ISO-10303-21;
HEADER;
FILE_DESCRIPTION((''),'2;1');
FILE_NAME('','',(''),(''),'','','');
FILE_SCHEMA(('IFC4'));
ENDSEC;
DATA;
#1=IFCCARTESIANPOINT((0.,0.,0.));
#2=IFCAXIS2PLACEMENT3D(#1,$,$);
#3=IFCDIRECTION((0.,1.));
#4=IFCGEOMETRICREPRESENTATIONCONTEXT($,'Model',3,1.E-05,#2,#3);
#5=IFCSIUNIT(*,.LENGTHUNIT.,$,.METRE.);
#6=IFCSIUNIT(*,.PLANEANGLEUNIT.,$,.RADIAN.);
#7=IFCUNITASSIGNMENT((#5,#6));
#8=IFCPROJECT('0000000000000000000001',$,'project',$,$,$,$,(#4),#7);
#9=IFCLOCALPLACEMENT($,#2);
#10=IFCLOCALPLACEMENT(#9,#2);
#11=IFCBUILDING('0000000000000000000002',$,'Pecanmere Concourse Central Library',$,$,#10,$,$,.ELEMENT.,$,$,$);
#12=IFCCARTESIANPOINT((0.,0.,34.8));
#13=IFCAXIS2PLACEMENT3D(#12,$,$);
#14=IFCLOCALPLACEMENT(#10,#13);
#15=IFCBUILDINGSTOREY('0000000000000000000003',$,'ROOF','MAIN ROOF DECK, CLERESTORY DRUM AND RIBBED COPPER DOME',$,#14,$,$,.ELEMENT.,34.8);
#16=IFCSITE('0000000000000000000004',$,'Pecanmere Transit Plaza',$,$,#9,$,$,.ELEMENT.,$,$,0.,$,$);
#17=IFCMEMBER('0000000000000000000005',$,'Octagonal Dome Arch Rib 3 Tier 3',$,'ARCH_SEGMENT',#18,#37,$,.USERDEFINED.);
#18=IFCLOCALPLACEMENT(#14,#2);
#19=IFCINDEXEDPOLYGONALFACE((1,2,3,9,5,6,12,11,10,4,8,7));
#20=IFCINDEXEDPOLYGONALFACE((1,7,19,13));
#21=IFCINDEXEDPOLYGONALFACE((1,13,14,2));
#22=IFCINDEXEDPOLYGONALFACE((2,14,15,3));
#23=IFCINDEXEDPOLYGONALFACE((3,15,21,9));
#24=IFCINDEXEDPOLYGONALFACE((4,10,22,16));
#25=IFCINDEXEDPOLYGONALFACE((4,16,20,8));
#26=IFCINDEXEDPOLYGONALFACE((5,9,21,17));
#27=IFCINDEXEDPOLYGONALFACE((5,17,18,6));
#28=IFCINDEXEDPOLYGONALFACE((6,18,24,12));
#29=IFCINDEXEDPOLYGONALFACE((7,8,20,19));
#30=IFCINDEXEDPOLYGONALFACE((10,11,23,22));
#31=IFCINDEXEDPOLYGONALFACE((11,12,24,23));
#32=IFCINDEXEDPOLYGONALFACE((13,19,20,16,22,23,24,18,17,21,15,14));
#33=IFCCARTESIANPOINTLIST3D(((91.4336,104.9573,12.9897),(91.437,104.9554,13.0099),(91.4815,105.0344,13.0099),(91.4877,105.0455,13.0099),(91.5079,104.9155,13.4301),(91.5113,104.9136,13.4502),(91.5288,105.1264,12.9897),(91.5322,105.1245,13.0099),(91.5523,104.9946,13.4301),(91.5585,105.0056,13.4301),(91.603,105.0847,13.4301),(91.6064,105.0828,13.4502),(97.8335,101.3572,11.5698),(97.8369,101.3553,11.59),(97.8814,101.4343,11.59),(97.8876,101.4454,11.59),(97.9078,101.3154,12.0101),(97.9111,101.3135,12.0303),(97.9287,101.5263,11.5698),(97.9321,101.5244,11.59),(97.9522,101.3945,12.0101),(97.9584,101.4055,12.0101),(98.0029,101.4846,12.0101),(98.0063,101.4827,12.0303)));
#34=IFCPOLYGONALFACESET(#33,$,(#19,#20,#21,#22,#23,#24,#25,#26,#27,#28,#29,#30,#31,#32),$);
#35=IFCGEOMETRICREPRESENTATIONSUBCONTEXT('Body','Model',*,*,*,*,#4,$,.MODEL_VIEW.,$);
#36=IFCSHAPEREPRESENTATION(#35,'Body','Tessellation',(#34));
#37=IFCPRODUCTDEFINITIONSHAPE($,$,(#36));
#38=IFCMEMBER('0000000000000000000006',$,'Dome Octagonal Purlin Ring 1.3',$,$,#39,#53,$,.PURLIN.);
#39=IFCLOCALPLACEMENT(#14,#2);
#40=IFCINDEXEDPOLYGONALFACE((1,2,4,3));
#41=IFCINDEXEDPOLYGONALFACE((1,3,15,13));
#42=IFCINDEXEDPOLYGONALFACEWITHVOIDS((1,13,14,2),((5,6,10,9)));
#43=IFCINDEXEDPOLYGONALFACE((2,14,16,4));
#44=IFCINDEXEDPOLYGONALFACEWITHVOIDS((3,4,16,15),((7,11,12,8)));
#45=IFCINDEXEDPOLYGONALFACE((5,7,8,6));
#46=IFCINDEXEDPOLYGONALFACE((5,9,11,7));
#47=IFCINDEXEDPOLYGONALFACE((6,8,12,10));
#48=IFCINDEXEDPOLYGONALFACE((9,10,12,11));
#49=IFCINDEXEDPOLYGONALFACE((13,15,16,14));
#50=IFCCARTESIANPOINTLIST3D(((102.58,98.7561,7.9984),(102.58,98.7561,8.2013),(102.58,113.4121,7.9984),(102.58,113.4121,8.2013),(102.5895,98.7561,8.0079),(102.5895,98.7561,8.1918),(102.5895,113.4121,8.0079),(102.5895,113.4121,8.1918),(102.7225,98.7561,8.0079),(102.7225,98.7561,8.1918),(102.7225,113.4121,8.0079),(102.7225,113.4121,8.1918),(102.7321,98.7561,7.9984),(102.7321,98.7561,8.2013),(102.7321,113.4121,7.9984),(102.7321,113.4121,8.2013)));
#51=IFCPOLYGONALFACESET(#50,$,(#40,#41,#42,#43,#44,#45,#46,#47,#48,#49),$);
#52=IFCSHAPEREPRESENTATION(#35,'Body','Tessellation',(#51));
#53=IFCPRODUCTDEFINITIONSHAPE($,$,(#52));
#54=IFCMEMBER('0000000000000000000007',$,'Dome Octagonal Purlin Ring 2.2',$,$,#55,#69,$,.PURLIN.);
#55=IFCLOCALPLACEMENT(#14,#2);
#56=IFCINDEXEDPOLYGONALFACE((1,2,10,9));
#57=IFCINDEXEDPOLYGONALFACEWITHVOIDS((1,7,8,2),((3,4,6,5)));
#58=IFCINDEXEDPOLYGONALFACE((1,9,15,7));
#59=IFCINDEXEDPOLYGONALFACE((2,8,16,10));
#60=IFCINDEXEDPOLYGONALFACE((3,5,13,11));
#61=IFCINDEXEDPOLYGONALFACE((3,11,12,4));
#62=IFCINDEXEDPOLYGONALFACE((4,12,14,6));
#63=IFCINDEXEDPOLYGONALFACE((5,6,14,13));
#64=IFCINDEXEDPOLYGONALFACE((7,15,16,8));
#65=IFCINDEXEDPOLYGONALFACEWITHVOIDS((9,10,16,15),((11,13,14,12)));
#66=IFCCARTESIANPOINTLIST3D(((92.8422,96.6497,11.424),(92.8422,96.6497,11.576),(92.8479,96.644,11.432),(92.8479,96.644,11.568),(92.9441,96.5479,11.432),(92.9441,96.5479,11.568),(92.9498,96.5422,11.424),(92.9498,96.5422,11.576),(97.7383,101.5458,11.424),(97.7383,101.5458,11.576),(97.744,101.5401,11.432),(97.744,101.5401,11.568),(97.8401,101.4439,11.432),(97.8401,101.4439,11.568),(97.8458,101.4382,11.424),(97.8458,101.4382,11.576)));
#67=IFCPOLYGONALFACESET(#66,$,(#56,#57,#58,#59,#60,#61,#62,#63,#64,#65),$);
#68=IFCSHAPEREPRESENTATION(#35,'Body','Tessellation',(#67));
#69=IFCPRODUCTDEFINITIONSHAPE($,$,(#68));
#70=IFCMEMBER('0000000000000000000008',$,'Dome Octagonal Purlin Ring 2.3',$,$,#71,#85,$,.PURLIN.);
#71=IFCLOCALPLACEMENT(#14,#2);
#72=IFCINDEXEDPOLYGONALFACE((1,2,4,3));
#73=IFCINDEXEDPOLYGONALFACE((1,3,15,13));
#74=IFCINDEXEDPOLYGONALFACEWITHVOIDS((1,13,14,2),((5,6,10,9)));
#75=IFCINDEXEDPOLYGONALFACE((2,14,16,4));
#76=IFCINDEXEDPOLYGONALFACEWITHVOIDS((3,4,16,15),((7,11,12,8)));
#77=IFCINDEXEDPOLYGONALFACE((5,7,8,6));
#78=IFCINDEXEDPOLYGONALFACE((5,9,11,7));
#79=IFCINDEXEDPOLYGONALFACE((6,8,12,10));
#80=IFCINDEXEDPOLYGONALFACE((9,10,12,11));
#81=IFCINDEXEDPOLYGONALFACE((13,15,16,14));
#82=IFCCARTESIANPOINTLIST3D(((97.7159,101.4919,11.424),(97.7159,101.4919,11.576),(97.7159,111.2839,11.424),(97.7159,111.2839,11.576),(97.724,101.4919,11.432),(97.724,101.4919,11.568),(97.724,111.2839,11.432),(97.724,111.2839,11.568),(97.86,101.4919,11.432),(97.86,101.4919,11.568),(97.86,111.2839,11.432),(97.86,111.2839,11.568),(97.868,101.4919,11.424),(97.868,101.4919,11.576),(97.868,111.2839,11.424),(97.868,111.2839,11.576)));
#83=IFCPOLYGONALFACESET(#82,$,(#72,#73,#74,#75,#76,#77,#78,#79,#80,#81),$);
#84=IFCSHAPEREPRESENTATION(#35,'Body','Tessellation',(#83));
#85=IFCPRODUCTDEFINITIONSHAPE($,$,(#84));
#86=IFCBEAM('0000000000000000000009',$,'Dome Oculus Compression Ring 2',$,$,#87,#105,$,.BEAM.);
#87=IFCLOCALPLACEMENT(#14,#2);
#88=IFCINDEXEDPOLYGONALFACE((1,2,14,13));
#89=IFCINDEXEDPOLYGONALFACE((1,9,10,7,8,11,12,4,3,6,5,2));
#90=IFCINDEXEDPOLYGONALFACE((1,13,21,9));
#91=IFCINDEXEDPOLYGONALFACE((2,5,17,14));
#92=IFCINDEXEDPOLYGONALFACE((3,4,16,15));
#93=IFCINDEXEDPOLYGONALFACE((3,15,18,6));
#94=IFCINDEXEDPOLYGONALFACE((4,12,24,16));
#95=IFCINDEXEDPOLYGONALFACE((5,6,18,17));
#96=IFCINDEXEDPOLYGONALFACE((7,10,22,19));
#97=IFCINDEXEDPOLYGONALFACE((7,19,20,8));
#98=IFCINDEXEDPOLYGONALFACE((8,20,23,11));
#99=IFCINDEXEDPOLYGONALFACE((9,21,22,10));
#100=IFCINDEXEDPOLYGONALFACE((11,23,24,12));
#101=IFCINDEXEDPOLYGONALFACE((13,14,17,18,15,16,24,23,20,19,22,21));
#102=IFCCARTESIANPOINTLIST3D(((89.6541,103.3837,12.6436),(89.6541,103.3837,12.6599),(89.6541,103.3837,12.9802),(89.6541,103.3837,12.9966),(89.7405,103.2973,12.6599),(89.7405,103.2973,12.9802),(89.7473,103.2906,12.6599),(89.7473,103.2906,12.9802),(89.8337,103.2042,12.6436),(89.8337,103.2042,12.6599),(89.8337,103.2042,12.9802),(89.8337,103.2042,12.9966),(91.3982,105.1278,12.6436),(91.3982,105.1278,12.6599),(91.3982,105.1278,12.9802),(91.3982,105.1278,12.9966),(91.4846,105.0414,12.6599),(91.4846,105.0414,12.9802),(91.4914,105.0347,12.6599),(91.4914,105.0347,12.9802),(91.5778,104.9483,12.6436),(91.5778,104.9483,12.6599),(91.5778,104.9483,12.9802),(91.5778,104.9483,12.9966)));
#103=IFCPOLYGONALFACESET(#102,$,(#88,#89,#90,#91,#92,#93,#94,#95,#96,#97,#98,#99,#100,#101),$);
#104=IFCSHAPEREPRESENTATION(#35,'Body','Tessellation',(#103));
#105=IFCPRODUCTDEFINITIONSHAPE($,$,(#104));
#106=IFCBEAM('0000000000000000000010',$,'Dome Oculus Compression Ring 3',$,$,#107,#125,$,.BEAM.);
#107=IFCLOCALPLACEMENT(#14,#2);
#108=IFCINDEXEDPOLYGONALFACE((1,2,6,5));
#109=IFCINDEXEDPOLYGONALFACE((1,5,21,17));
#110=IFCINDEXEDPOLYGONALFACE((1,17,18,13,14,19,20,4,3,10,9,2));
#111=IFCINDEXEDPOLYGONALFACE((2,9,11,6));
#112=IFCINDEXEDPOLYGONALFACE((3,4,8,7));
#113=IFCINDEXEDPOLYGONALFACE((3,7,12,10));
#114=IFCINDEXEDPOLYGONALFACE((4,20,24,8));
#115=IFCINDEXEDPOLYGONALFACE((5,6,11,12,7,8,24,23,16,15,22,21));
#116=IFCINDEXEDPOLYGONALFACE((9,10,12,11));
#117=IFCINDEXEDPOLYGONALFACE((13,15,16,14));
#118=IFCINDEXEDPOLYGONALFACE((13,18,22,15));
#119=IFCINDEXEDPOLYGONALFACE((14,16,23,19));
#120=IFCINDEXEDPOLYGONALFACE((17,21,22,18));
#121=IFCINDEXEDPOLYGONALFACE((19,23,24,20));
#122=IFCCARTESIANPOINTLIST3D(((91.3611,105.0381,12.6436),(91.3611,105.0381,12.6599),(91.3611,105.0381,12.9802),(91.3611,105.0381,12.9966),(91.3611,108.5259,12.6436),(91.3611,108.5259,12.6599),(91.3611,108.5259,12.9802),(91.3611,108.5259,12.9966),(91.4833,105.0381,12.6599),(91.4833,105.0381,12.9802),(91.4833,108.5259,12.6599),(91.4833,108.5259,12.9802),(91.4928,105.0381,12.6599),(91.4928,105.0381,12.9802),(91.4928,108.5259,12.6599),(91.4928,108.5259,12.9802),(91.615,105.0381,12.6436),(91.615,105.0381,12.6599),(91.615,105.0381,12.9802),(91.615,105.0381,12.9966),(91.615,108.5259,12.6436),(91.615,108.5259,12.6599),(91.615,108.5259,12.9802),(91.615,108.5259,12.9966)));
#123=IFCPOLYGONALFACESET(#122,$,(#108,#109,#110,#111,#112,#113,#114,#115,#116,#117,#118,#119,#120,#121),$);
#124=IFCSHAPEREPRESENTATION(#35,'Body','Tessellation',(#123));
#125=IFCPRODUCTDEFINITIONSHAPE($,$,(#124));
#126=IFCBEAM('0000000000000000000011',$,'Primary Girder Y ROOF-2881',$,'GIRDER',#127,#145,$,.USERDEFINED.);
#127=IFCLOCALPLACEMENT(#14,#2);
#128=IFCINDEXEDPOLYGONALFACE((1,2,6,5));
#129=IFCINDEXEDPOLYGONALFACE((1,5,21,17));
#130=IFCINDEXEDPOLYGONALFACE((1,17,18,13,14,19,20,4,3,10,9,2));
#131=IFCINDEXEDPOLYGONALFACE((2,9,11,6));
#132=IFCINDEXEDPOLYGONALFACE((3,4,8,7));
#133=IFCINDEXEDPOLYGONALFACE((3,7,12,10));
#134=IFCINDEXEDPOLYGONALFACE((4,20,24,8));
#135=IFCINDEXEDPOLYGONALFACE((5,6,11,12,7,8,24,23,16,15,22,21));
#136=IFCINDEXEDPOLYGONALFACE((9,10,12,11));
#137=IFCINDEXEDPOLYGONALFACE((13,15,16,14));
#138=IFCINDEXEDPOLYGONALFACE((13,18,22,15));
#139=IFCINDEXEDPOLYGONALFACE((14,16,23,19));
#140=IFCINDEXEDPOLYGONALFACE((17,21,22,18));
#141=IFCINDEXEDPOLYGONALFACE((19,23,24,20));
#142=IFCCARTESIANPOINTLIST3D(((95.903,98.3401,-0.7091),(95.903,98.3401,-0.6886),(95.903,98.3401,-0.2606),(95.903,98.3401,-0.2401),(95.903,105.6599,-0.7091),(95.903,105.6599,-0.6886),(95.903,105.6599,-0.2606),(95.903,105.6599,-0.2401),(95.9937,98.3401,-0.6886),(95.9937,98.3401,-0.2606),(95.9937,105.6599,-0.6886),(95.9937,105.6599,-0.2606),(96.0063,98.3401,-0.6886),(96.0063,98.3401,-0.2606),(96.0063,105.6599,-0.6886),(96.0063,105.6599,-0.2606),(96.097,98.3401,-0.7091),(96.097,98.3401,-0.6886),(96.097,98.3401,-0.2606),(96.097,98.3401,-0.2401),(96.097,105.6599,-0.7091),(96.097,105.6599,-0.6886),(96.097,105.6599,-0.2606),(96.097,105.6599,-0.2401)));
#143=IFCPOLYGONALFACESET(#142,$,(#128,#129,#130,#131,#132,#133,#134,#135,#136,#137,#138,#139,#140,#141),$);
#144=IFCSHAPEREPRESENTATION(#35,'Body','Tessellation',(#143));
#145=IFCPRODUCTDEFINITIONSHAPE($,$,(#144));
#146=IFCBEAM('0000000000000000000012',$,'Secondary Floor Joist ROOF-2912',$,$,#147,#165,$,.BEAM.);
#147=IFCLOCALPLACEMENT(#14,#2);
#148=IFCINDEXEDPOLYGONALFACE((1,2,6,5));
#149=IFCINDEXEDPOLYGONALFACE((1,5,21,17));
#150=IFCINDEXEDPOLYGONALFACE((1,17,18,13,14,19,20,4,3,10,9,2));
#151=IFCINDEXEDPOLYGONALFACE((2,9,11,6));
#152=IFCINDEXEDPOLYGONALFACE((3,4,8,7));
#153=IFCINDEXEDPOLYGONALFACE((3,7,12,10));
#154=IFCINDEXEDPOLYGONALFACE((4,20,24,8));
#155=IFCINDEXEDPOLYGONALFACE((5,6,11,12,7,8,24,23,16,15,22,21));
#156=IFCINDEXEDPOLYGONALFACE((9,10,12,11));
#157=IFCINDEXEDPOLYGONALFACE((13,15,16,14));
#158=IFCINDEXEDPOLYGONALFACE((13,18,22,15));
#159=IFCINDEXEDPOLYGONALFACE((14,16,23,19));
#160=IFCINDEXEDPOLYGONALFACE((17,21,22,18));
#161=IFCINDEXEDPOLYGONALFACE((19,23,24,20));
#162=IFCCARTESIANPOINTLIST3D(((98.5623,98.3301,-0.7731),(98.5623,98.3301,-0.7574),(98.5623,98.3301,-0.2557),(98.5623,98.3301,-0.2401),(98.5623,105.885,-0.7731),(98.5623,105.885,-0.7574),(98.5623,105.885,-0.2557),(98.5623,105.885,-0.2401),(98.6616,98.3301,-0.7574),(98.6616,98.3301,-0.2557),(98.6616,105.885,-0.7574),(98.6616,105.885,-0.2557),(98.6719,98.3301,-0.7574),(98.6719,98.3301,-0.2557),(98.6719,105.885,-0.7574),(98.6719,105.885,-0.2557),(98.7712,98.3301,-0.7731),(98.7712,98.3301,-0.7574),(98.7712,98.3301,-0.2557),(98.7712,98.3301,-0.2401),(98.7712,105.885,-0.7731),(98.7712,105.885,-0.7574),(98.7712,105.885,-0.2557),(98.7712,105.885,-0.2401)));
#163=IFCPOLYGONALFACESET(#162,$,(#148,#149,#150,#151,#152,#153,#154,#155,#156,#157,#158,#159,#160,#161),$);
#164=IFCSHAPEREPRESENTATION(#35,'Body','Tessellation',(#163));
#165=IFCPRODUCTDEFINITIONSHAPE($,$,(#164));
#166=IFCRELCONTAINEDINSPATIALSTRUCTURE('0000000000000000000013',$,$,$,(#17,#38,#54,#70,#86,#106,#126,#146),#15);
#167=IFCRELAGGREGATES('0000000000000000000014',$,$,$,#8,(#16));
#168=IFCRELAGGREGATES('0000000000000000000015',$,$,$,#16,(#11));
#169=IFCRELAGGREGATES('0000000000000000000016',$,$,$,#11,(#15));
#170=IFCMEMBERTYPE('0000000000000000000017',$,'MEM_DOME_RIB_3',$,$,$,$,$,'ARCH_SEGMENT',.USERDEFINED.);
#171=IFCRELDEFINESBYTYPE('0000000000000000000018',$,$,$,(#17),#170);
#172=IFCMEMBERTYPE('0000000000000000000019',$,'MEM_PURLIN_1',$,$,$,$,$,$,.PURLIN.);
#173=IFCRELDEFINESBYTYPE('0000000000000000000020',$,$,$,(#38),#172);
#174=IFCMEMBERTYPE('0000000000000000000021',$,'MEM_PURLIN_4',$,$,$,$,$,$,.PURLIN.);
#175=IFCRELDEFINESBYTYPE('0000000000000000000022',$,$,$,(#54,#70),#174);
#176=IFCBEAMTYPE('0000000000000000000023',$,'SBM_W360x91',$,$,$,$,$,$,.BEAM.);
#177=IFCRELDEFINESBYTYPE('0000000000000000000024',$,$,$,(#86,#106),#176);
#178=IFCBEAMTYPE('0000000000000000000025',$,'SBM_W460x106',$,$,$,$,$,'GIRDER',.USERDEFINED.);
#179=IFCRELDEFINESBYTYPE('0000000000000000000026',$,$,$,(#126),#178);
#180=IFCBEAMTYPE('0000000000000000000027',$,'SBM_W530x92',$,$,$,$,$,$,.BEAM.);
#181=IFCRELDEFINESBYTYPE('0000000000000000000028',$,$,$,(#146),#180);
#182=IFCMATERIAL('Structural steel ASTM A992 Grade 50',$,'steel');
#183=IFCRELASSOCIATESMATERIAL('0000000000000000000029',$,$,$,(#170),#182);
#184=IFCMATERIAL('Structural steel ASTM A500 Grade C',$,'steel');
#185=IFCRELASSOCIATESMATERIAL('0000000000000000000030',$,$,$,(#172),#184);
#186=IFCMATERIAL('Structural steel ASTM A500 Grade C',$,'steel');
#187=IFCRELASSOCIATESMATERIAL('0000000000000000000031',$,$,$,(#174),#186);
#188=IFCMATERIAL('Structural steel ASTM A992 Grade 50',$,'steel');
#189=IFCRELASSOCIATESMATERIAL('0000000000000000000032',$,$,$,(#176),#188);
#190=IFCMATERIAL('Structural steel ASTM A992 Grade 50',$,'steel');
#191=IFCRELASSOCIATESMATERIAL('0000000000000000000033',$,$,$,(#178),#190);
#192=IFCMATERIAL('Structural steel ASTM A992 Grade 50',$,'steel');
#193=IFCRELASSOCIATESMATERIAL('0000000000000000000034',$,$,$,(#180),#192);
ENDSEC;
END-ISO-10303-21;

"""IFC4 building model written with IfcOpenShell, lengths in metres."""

from ifc_helpers import new_model, si_unit, direction, frame, origin, origin_2d, place, context, subcontext, project, spatial, hollow_rectangle, i_section, extrude, material, material_profile, profile_set, type_object, element, save


model = new_model("IFC4")

# Units and contexts
model_context = context("Model", 3, precision=1e-05, world=origin(), true_north=direction((0.0, 1.0)))
body_context = subcontext(model_context, "Body", "Model", "MODEL_VIEW")
ifc_project = project(units=[si_unit("LENGTHUNIT", "METRE"), si_unit("PLANEANGLEUNIT", "RADIAN")], contexts=[model_context])

# Site, building, storey
site_placement = place(None, origin())
site = spatial("IfcSite", under=ifc_project, at=site_placement, Name="Pecanmere Transit Plaza", CompositionType="ELEMENT", RefElevation=0.0)
building_placement = place(site_placement, origin())
building = spatial("IfcBuilding", under=site, at=building_placement, Name="Pecanmere Concourse Central Library", CompositionType="ELEMENT")
storey_placement = place(building_placement, frame((0.0, 0.0, 34.8)))
storey = spatial("IfcBuildingStorey", under=building, at=storey_placement, Name="ROOF", Description="MAIN ROOF DECK, CLERESTORY DRUM AND RIBBED COPPER DOME", CompositionType="ELEMENT", Elevation=34.8)

# Members
ifc_material_1 = material(Name="Structural steel ASTM A992 Grade 50", Category="steel")
ifc_material_profile_1 = material_profile(ifc_material_1, i_section(OverallWidth=0.1941, OverallDepth=0.469, WebThickness=0.0127, FlangeThickness=0.0205, at=origin_2d()), Name="W460x106")
ifc_profile_set_1 = profile_set([ifc_material_profile_1], Name="Structural steel ASTM A992 Grade 50")
member_type_1 = type_object("IfcMemberType", Name="MEM_DOME_RIB_3", ElementType="ARCH_SEGMENT", PredefinedType="USERDEFINED", material=ifc_profile_set_1)
member_1_placement = place(storey_placement, frame((97.9199, 101.4199, 11.8), z_axis=(-0.855715, 0.48136, 0.189854), x_axis=(-0.490277, -0.871567, 0.0)))
element("IfcMember", 1, at=member_1_placement, inside=storey, type_object=member_type_1, Name="Octagonal Dome Arch Rib 3 Tier 3", ObjectType="ARCH_SEGMENT", PredefinedType="USERDEFINED", context=body_context, shape_type="SweptSolid", body=[
    extrude(i_section(OverallWidth=0.1941, OverallDepth=0.469, WebThickness=0.0127, FlangeThickness=0.0205, at=origin_2d()), origin(), (0.0, 0.0, 1.0), 7.479),
])
ifc_material_2 = material(Name="Structural steel ASTM A500 Grade C", Category="steel")
ifc_material_profile_2 = material_profile(ifc_material_2, hollow_rectangle(XDim=0.1521, YDim=0.2029, WallThickness=0.0095, at=origin_2d()), Name="HSS203x152x9.5")
ifc_profile_set_2 = profile_set([ifc_material_profile_2], Name="Structural steel ASTM A500 Grade C")
member_type_2 = type_object("IfcMemberType", Name="MEM_PURLIN_1", PredefinedType="PURLIN", material=ifc_profile_set_2)
member_2_placement = place(storey_placement, frame((102.656, 98.7561, 8.0999), z_axis=(0.0, 1.0, 0.0), x_axis=(-1.0, 0.0, 0.0)))
element("IfcMember", 2, at=member_2_placement, inside=storey, type_object=member_type_2, Name="Dome Octagonal Purlin Ring 1.3", PredefinedType="PURLIN", context=body_context, shape_type="SweptSolid", body=[
    extrude(hollow_rectangle(XDim=0.1521, YDim=0.2029, WallThickness=0.0095, at=origin_2d()), origin(), (0.0, 0.0, 1.0), 14.656),
])
ifc_material_3 = material(Name="Structural steel ASTM A500 Grade C", Category="steel")
ifc_material_profile_3 = material_profile(ifc_material_3, hollow_rectangle(XDim=0.1521, YDim=0.1521, WallThickness=0.0081, at=origin_2d()), Name="HSS152x152x8.0")
ifc_profile_set_3 = profile_set([ifc_material_profile_3], Name="Structural steel ASTM A500 Grade C")
member_type_3 = type_object("IfcMemberType", Name="MEM_PURLIN_4", PredefinedType="PURLIN", material=ifc_profile_set_3)
member_3_placement = place(storey_placement, frame((92.896, 96.5959, 11.5), z_axis=(0.707107, 0.707107, 0.0), x_axis=(-0.707107, 0.707107, 0.0)))
element("IfcMember", 3, at=member_3_placement, inside=storey, type_object=member_type_3, Name="Dome Octagonal Purlin Ring 2.2", PredefinedType="PURLIN", context=body_context, shape_type="SweptSolid", body=[
    extrude(hollow_rectangle(XDim=0.1521, YDim=0.1521, WallThickness=0.0081, at=origin_2d()), origin(), (0.0, 0.0, 1.0), 6.9241),
])
member_4_placement = place(storey_placement, frame((97.792, 101.4919, 11.5), z_axis=(0.0, 1.0, 0.0), x_axis=(-1.0, 0.0, 0.0)))
element("IfcMember", 4, at=member_4_placement, inside=storey, type_object=member_type_3, Name="Dome Octagonal Purlin Ring 2.3", PredefinedType="PURLIN", context=body_context, shape_type="SweptSolid", body=[
    extrude(hollow_rectangle(XDim=0.1521, YDim=0.1521, WallThickness=0.0081, at=origin_2d()), origin(), (0.0, 0.0, 1.0), 9.792),
])

# Beams
ifc_material_4 = material(Name="Structural steel ASTM A992 Grade 50", Category="steel")
ifc_material_profile_4 = material_profile(ifc_material_4, i_section(OverallWidth=0.2539, OverallDepth=0.353, WebThickness=0.0095, FlangeThickness=0.0164, at=origin_2d()), Name="W360x91")
ifc_profile_set_4 = profile_set([ifc_material_profile_4], Name="Structural steel ASTM A992 Grade 50")
beam_type_1 = type_object("IfcBeamType", Name="SBM_W360x91", PredefinedType="BEAM", material=ifc_profile_set_4)
beam_1_placement = place(storey_placement, frame((89.7439, 103.2939, 12.8201), z_axis=(0.707107, 0.707107, 0.0), x_axis=(-0.707107, 0.707107, 0.0)))
element("IfcBeam", 5, at=beam_1_placement, inside=storey, type_object=beam_type_1, Name="Dome Oculus Compression Ring 2", PredefinedType="BEAM", context=body_context, shape_type="SweptSolid", body=[
    extrude(i_section(OverallWidth=0.2539, OverallDepth=0.353, WebThickness=0.0095, FlangeThickness=0.0164, at=origin_2d()), origin(), (0.0, 0.0, 1.0), 2.4666),
])
beam_2_placement = place(storey_placement, frame((91.488, 105.0381, 12.8201), z_axis=(0.0, 1.0, 0.0), x_axis=(-1.0, 0.0, 0.0)))
element("IfcBeam", 6, at=beam_2_placement, inside=storey, type_object=beam_type_1, Name="Dome Oculus Compression Ring 3", PredefinedType="BEAM", context=body_context, shape_type="SweptSolid", body=[
    extrude(i_section(OverallWidth=0.2539, OverallDepth=0.353, WebThickness=0.0095, FlangeThickness=0.0164, at=origin_2d()), origin(), (0.0, 0.0, 1.0), 3.4878),
])
ifc_material_5 = material(Name="Structural steel ASTM A992 Grade 50", Category="steel")
ifc_material_profile_5 = material_profile(ifc_material_5, i_section(OverallWidth=0.1941, OverallDepth=0.469, WebThickness=0.0127, FlangeThickness=0.0205, at=origin_2d()), Name="W460x106")
ifc_profile_set_5 = profile_set([ifc_material_profile_5], Name="Structural steel ASTM A992 Grade 50")
beam_type_2 = type_object("IfcBeamType", Name="SBM_W460x106", ElementType="GIRDER", PredefinedType="USERDEFINED", material=ifc_profile_set_5)
beam_3_placement = place(storey_placement, frame((96.0, 98.3401, -0.4746), z_axis=(0.0, 1.0, 0.0), x_axis=(-1.0, 0.0, 0.0)))
element("IfcBeam", 7, at=beam_3_placement, inside=storey, type_object=beam_type_2, Name="Primary Girder Y ROOF-2881", ObjectType="GIRDER", PredefinedType="USERDEFINED", context=body_context, shape_type="SweptSolid", body=[
    extrude(i_section(OverallWidth=0.1941, OverallDepth=0.469, WebThickness=0.0127, FlangeThickness=0.0205, at=origin_2d()), origin(), (0.0, 0.0, 1.0), 7.3198),
])
ifc_material_6 = material(Name="Structural steel ASTM A992 Grade 50", Category="steel")
ifc_material_profile_6 = material_profile(ifc_material_6, i_section(OverallWidth=0.209, OverallDepth=0.533, WebThickness=0.0103, FlangeThickness=0.0156, at=origin_2d()), Name="W530x92")
ifc_profile_set_6 = profile_set([ifc_material_profile_6], Name="Structural steel ASTM A992 Grade 50")
beam_type_3 = type_object("IfcBeamType", Name="SBM_W530x92", PredefinedType="BEAM", material=ifc_profile_set_6)
beam_4_placement = place(storey_placement, frame((98.6667, 98.3301, -0.5066), z_axis=(0.0, 1.0, 0.0), x_axis=(-1.0, 0.0, 0.0)))
element("IfcBeam", 8, at=beam_4_placement, inside=storey, type_object=beam_type_3, Name="Secondary Floor Joist ROOF-2912", PredefinedType="BEAM", context=body_context, shape_type="SweptSolid", body=[
    extrude(i_section(OverallWidth=0.209, OverallDepth=0.533, WebThickness=0.0103, FlangeThickness=0.0156, at=origin_2d()), origin(), (0.0, 0.0, 1.0), 7.5549),
])

save(model, "model.ifc")
